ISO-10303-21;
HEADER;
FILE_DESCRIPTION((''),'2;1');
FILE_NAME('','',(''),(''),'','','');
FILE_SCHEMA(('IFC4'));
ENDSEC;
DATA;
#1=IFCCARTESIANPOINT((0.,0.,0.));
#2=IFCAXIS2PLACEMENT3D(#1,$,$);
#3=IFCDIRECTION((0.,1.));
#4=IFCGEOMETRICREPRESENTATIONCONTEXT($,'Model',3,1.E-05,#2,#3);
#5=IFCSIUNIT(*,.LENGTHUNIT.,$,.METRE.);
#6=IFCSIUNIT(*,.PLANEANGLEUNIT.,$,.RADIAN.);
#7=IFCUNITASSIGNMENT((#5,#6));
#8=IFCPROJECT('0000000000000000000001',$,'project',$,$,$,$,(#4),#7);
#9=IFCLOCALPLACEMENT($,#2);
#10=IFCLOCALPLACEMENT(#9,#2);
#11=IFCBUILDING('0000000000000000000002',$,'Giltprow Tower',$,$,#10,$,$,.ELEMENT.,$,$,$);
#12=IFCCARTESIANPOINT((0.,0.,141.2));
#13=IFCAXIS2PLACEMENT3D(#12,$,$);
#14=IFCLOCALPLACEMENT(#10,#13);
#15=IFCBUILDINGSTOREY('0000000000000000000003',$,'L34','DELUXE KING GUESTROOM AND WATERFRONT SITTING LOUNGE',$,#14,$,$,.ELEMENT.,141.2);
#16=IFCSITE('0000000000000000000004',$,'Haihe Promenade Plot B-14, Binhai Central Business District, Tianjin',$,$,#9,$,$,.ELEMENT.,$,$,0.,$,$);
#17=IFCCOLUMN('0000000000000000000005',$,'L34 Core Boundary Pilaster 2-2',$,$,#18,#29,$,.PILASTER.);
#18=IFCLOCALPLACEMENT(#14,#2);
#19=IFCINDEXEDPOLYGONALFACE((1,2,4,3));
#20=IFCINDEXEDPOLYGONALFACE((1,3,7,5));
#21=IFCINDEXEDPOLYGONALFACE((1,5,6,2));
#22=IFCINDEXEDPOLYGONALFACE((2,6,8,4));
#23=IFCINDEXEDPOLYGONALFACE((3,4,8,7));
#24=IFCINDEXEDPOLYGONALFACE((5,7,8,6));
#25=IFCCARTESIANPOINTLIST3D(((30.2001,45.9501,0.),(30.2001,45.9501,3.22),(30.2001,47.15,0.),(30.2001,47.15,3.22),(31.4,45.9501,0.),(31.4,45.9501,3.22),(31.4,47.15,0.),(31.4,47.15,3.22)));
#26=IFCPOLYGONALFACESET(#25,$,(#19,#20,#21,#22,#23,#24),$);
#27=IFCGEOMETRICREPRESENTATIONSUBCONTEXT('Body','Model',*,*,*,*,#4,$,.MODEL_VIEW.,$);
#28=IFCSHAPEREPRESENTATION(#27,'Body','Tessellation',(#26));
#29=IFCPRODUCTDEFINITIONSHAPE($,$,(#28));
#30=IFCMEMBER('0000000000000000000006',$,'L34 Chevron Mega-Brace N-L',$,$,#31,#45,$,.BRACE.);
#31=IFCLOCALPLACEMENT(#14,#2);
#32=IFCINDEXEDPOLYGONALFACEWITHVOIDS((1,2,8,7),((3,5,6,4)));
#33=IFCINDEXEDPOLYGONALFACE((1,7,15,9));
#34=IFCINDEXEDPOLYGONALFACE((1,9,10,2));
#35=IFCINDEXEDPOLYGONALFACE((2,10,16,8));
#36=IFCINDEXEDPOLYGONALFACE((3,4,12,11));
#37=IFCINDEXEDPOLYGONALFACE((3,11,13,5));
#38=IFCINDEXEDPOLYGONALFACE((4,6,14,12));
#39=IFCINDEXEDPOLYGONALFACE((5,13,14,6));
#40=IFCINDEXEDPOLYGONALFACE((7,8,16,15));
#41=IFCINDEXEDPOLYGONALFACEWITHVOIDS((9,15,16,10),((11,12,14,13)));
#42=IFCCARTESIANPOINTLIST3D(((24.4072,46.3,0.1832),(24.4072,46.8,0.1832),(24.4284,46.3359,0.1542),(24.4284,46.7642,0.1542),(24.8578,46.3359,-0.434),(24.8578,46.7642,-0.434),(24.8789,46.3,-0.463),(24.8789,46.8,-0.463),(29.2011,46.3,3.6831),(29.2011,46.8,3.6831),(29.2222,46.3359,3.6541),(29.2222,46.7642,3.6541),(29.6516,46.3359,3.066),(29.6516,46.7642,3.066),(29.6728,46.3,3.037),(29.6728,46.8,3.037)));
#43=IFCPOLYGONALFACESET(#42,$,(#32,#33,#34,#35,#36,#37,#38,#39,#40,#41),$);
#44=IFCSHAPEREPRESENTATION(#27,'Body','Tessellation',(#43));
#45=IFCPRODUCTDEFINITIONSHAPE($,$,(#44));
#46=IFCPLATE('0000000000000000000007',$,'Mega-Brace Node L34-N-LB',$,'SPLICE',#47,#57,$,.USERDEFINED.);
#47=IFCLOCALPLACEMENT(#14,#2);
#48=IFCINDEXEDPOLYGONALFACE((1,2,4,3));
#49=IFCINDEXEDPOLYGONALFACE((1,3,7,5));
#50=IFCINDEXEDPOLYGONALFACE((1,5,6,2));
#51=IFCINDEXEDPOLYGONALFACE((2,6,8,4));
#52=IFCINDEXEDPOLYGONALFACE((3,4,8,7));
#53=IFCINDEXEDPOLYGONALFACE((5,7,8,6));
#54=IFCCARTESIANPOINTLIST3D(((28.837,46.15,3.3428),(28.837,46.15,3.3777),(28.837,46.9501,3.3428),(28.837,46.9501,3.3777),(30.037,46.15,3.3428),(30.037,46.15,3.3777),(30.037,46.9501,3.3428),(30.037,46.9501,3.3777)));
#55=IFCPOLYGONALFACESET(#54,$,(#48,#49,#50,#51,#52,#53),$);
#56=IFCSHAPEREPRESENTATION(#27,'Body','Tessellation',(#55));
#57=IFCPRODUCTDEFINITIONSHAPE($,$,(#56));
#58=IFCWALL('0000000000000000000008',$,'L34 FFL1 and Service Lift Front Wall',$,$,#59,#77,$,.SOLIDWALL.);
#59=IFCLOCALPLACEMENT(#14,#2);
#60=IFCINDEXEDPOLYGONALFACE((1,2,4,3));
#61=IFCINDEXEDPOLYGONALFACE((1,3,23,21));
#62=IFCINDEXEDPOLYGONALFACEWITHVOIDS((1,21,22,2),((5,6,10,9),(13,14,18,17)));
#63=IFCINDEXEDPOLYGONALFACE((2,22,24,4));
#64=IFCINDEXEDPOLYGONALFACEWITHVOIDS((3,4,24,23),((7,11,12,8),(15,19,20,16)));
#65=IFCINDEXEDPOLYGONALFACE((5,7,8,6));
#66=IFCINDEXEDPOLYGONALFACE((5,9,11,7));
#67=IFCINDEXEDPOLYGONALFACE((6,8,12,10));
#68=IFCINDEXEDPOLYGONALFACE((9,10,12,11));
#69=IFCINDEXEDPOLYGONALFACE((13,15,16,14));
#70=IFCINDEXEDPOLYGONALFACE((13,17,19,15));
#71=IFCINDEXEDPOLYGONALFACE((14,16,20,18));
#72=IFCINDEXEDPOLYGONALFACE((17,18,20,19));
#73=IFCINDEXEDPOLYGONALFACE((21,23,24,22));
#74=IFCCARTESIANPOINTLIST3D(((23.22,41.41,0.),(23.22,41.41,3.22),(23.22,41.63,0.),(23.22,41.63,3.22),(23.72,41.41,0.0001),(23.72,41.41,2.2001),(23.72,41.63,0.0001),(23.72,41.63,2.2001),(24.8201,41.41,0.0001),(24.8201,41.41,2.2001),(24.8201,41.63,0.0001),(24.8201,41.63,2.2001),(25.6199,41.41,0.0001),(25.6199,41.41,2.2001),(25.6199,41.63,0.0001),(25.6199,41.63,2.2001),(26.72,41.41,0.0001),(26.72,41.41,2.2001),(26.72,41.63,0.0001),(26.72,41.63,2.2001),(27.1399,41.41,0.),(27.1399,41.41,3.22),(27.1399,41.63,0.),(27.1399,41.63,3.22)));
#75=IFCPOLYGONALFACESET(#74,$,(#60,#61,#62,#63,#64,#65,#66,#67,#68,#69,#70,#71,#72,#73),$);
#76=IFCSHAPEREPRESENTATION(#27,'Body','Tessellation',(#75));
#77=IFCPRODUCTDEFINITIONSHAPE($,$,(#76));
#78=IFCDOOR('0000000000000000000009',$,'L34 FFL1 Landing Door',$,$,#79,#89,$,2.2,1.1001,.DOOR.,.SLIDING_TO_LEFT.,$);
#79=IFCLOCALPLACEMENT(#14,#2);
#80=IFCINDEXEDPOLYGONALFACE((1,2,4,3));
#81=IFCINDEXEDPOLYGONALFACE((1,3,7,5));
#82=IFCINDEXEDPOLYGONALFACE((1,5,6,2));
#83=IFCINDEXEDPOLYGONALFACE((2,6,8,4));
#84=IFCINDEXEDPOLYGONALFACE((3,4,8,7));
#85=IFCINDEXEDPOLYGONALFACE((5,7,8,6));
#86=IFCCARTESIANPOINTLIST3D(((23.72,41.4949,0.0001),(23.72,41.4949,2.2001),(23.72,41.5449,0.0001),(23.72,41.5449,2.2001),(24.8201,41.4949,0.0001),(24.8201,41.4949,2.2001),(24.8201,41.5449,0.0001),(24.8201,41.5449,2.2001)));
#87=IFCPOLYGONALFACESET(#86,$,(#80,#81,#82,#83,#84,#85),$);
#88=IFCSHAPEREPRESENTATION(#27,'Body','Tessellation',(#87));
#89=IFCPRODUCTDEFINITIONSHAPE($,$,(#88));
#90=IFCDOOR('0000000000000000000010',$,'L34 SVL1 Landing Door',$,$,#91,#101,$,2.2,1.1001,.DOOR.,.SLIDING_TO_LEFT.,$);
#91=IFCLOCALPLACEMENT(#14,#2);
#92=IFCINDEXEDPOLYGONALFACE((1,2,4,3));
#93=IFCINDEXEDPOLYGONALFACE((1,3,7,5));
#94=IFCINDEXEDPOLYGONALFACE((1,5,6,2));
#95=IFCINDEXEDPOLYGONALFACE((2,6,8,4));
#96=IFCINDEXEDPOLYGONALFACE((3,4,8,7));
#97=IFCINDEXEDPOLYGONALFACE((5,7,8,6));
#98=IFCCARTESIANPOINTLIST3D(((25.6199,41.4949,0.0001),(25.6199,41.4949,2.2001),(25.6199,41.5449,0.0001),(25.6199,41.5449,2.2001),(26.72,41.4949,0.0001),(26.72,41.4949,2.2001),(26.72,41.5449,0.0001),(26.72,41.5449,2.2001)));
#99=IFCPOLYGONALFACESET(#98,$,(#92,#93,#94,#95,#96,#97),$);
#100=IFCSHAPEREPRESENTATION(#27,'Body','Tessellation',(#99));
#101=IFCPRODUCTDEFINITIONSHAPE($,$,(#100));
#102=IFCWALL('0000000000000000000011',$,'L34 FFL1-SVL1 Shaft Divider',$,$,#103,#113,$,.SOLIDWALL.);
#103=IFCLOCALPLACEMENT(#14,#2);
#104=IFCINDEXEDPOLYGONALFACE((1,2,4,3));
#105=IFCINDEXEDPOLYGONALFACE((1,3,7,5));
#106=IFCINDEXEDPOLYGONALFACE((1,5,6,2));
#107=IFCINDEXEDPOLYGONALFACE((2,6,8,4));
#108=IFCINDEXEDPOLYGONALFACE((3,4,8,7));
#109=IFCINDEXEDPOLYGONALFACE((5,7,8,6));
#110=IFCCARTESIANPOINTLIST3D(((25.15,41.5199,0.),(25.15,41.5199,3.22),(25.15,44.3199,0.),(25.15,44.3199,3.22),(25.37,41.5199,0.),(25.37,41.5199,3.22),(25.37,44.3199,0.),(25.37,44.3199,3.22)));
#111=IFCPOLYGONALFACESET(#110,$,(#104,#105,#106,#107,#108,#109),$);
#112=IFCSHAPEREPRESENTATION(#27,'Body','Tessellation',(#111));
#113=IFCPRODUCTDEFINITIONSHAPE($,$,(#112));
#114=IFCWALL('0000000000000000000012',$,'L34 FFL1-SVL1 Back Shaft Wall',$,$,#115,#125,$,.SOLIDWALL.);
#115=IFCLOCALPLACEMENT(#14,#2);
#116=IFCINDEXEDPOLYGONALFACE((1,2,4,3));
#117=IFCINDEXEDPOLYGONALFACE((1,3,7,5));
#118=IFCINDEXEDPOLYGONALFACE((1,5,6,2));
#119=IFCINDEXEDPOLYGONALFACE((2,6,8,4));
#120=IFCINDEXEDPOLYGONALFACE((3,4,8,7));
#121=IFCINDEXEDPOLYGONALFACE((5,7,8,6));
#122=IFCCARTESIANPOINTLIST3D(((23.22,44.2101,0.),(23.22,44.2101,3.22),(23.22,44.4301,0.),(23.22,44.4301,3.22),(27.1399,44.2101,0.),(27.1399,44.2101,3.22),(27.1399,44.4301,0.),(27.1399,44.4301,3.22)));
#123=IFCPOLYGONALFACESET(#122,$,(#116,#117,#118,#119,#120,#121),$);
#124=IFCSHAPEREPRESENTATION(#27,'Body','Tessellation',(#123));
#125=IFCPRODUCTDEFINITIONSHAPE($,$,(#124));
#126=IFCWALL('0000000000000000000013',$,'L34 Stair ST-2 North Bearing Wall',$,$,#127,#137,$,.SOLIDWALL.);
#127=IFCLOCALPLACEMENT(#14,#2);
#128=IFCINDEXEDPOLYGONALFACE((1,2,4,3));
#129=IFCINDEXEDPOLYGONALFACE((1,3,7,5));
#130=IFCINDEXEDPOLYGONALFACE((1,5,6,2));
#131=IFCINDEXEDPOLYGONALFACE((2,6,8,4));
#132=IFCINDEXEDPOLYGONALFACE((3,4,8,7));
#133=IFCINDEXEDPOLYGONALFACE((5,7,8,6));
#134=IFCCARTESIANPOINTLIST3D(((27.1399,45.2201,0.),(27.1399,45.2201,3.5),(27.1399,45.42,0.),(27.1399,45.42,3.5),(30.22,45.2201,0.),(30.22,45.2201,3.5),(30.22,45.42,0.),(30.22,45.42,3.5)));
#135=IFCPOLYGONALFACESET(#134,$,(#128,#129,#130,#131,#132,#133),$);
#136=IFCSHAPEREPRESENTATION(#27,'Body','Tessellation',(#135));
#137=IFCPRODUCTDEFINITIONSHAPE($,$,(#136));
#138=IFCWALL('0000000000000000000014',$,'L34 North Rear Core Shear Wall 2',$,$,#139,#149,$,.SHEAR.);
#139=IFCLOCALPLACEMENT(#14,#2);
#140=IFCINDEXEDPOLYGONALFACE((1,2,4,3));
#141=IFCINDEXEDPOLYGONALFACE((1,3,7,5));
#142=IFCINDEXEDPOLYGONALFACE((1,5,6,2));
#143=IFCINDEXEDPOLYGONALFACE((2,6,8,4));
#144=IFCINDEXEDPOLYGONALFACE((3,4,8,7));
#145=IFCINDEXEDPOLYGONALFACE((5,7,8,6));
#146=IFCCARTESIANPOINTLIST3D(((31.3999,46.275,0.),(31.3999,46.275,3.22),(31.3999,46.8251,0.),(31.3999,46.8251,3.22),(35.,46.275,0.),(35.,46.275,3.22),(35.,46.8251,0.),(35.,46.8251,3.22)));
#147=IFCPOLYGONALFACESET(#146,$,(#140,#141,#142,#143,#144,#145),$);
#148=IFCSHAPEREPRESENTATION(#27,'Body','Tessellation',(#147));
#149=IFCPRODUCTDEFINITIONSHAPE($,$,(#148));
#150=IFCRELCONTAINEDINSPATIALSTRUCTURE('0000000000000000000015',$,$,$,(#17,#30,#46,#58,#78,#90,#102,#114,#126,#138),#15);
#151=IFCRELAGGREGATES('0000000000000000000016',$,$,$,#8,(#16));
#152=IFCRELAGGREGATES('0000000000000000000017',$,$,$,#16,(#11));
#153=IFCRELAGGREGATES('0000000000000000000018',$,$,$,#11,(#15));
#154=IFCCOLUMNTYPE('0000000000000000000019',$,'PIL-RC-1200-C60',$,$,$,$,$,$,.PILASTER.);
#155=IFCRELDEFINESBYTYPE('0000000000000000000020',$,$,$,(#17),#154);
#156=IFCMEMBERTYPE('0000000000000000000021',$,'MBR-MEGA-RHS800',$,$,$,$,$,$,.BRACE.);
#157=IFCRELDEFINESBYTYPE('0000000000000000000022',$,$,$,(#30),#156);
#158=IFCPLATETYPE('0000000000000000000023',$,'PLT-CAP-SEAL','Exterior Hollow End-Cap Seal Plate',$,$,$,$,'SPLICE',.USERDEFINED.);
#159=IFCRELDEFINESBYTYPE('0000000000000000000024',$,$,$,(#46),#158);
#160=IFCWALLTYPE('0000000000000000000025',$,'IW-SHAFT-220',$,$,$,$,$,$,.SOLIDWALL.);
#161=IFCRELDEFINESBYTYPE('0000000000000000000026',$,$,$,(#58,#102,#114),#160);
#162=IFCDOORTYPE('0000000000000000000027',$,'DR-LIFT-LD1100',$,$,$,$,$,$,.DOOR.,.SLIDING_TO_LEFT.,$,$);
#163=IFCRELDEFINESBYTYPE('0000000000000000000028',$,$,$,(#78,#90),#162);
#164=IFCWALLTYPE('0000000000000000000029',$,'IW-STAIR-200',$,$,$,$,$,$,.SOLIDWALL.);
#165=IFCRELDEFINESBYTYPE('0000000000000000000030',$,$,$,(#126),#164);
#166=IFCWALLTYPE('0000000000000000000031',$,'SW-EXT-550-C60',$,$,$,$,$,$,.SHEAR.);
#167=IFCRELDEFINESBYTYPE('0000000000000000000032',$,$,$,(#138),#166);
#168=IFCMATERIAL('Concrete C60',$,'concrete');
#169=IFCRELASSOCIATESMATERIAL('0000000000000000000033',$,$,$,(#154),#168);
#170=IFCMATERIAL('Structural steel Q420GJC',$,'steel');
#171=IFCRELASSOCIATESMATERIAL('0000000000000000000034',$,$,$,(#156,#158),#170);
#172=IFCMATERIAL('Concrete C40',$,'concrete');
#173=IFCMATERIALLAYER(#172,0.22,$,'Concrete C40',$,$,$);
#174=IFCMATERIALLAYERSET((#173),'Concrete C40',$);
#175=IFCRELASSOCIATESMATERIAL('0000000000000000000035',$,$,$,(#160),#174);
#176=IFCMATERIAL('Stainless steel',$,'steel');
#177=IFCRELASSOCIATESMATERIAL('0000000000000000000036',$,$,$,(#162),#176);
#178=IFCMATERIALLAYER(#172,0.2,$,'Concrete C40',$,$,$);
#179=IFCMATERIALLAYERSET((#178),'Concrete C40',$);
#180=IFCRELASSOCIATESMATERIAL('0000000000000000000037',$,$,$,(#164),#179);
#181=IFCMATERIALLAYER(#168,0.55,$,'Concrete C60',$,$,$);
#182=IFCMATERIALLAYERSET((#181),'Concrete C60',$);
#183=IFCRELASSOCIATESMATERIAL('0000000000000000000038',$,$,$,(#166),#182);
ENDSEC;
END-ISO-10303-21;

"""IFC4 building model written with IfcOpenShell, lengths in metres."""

from ifc_helpers import new_model, si_unit, direction, frame, frame_2d, origin, origin_2d, place, context, subcontext, project, spatial, rectangle, hollow_rectangle, extrude, source, transform, mapped, material, layer, layer_set, material_profile, profile_set, type_object, element, fill, save


model = new_model("IFC4")

# Units and contexts
model_context = context("Model", 3, precision=1e-05, world=origin(), true_north=direction((0.0, 1.0)))
body_context = subcontext(model_context, "Body", "Model", "MODEL_VIEW")
ifc_project = project(units=[si_unit("LENGTHUNIT", "METRE"), si_unit("PLANEANGLEUNIT", "RADIAN")], contexts=[model_context])

# Site, building, storey
site_placement = place(None, origin())
site = spatial("IfcSite", under=ifc_project, at=site_placement, Name="Haihe Promenade Plot B-14, Binhai Central Business District, Tianjin", CompositionType="ELEMENT", RefElevation=0.0)
building_placement = place(site_placement, origin())
building = spatial("IfcBuilding", under=site, at=building_placement, Name="Giltprow Tower", CompositionType="ELEMENT")
storey_placement = place(building_placement, frame((0.0, 0.0, 141.2)))
storey = spatial("IfcBuildingStorey", under=building, at=storey_placement, Name="L34", Description="DELUXE KING GUESTROOM AND WATERFRONT SITTING LOUNGE", CompositionType="ELEMENT", Elevation=141.2)

# Column
ifc_material_1 = material(Name="Concrete C60", Category="concrete")
ifc_material_profile_1 = material_profile(ifc_material_1, rectangle(XDim=1.2, YDim=1.2, at=origin_2d()), Name="RC 1200x1200")
ifc_profile_set_1 = profile_set([ifc_material_profile_1], Name="Concrete C60")
column_type = type_object("IfcColumnType", Name="PIL-RC-1200-C60", PredefinedType="PILASTER", material=ifc_profile_set_1)
shared_shape_1 = source(origin(), body_context, "Body", "SweptSolid", [
    extrude(rectangle(XDim=1.2, YDim=1.2, at=origin_2d()), origin(), (0.0, 0.0, 1.0), 3.22),
])
column_placement = place(storey_placement, frame((30.8, 46.55, 0.0), z_axis=(0.0, 0.0, 1.0), x_axis=(1.0, 0.0, 0.0)))
element("IfcColumn", 1, at=column_placement, inside=storey, type_object=column_type, Name="L34 Core Boundary Pilaster 2-2", PredefinedType="PILASTER", context=body_context, shape_type="MappedRepresentation", body=[
    mapped(shared_shape_1, transform((0.0, 0.0, 0.0), x_axis=(1.0, 0.0, 0.0), y_axis=(0.0, 1.0, 0.0), z_axis=(0.0, 0.0, 1.0), scale=1.0)),
])

# Member
ifc_material_2 = material(Name="Structural steel Q420GJC", Category="steel")
ifc_material_profile_2 = material_profile(ifc_material_2, hollow_rectangle(XDim=0.5, YDim=0.8, WallThickness=0.0359, at=origin_2d()), Name="RHS 800x500x36")
ifc_profile_set_2 = profile_set([ifc_material_profile_2], Name="Structural steel Q420GJC")
member_type = type_object("IfcMemberType", Name="MBR-MEGA-RHS800", PredefinedType="BRACE", material=ifc_profile_set_2)
shared_shape_2 = source(origin(), body_context, "Body", "SweptSolid", [
    extrude(hollow_rectangle(XDim=0.5, YDim=0.8, WallThickness=0.0359, at=origin_2d()), origin(), (0.0, 0.0, 1.0), 5.9355),
])
member_placement = place(storey_placement, frame((24.6431, 46.55, -0.1399), z_axis=(0.807653, 0.0, 0.589658), x_axis=(0.0, 1.0, 0.0)))
element("IfcMember", 2, at=member_placement, inside=storey, type_object=member_type, Name="L34 Chevron Mega-Brace N-L", PredefinedType="BRACE", context=body_context, shape_type="MappedRepresentation", body=[
    mapped(shared_shape_2, transform((0.0, 0.0, 0.0), x_axis=(1.0, 0.0, 0.0), y_axis=(0.0, 1.0, 0.0), z_axis=(0.0, 0.0, 1.0), scale=1.0)),
])

# Plate
plate_type = type_object("IfcPlateType", Name="PLT-CAP-SEAL", Description="Exterior Hollow End-Cap Seal Plate", ElementType="SPLICE", PredefinedType="USERDEFINED", material=ifc_material_2)
shared_shape_3 = source(origin(), body_context, "Body", "SweptSolid", [
    extrude(rectangle(XDim=1.2, YDim=0.8, at=origin_2d()), origin(), (0.0, 0.0, 1.0), 0.0349),
])
plate_placement = place(storey_placement, frame((29.437, 46.55, 3.3428), z_axis=(0.0, 0.0, 1.0), x_axis=(1.0, 0.0, 0.0)))
element("IfcPlate", 3, at=plate_placement, inside=storey, type_object=plate_type, Name="Mega-Brace Node L34-N-LB", ObjectType="SPLICE", PredefinedType="USERDEFINED", context=body_context, shape_type="MappedRepresentation", body=[
    mapped(shared_shape_3, transform((0.0, 0.0, 0.0), x_axis=(1.0, 0.0, 0.0), y_axis=(0.0, 1.0, 0.0), z_axis=(0.0, 0.0, 1.0), scale=1.0)),
])

# Wall, openings, doors
ifc_material_3 = material(Name="Concrete C40", Category="concrete")
ifc_layer_1 = layer(ifc_material_3, 0.22, Name="Concrete C40")
ifc_layer_set_1 = layer_set([ifc_layer_1], Name="Concrete C40")
wall_type_1 = type_object("IfcWallType", Name="IW-SHAFT-220", PredefinedType="SOLIDWALL", material=ifc_layer_set_1)
wall_1_placement = place(storey_placement, frame((23.22, 41.52, 0.0), z_axis=(0.0, 0.0, 1.0), x_axis=(1.0, 0.0, 0.0)))
wall_1 = element("IfcWall", 4, at=wall_1_placement, inside=storey, type_object=wall_type_1, Name="L34 FFL1 and Service Lift Front Wall", PredefinedType="SOLIDWALL", context=body_context, shape_type="SweptSolid", body=[
    extrude(rectangle(XDim=3.9199, YDim=0.22, at=frame_2d((1.96, 0.0))), origin(), (0.0, 0.0, 1.0), 3.22),
])
opening_1_placement = place(wall_1_placement, frame((0.5, 0.0, 0.0)))
opening_1 = element("IfcOpeningElement", 5, at=opening_1_placement, cuts=wall_1, PredefinedType="OPENING", context=body_context, shape_type="SweptSolid", body=[
    extrude(rectangle(XDim=1.1001, YDim=2.2, at=frame_2d((0.55, 1.1001))), frame((0.0, 0.1199, 0.0), z_axis=(0.0, -1.0, 0.0), x_axis=(1.0, 0.0, 0.0)), (0.0, 0.0, 1.0), 0.24),
])
opening_2_placement = place(wall_1_placement, frame((2.3999, 0.0, 0.0)))
opening_2 = element("IfcOpeningElement", 6, at=opening_2_placement, cuts=wall_1, PredefinedType="OPENING", context=body_context, shape_type="SweptSolid", body=[
    extrude(rectangle(XDim=1.1001, YDim=2.2, at=frame_2d((0.55, 1.1001))), frame((0.0, 0.1199, 0.0), z_axis=(0.0, -1.0, 0.0), x_axis=(1.0, 0.0, 0.0)), (0.0, 0.0, 1.0), 0.24),
])
ifc_material_4 = material(Name="Stainless steel", Category="steel")
door_type = type_object("IfcDoorType", Name="DR-LIFT-LD1100", OperationType="SLIDING_TO_LEFT", PredefinedType="DOOR", material=ifc_material_4)
shared_shape_4 = source(origin(), body_context, "Body", "SweptSolid", [
    extrude(rectangle(XDim=1.1001, YDim=2.2, at=frame_2d((0.55, 1.1001))), frame((0.0, 0.0249, 0.0), z_axis=(0.0, -1.0, 0.0), x_axis=(1.0, 0.0, 0.0)), (0.0, 0.0, 1.0), 0.05),
])
door_1_placement = place(opening_1_placement, origin())
door_1 = element("IfcDoor", 7, at=door_1_placement, inside=storey, type_object=door_type, Name="L34 FFL1 Landing Door", OperationType="SLIDING_TO_LEFT", OverallHeight=2.2, OverallWidth=1.1001, PredefinedType="DOOR", context=body_context, shape_type="MappedRepresentation", body=[
    mapped(shared_shape_4, transform((0.0, 0.0, 0.0), x_axis=(1.0, 0.0, 0.0), y_axis=(0.0, 1.0, 0.0), z_axis=(0.0, 0.0, 1.0), scale=1.0)),
])
fill(opening_1, door_1)
door_2_placement = place(opening_2_placement, origin())
door_2 = element("IfcDoor", 8, at=door_2_placement, inside=storey, type_object=door_type, Name="L34 SVL1 Landing Door", OperationType="SLIDING_TO_LEFT", OverallHeight=2.2, OverallWidth=1.1001, PredefinedType="DOOR", context=body_context, shape_type="MappedRepresentation", body=[
    mapped(shared_shape_4, transform((0.0, 0.0, 0.0), x_axis=(1.0, 0.0, 0.0), y_axis=(0.0, 1.0, 0.0), z_axis=(0.0, 0.0, 1.0), scale=1.0)),
])
fill(opening_2, door_2)

# Walls
wall_2_placement = place(storey_placement, frame((25.26, 41.52, 0.0), z_axis=(0.0, 0.0, 1.0), x_axis=(0.0, 1.0, 0.0)))
element("IfcWall", 9, at=wall_2_placement, inside=storey, type_object=wall_type_1, Name="L34 FFL1-SVL1 Shaft Divider", PredefinedType="SOLIDWALL", context=body_context, shape_type="SweptSolid", body=[
    extrude(rectangle(XDim=2.8, YDim=0.22, at=frame_2d((1.3999, 0.0))), origin(), (0.0, 0.0, 1.0), 3.22),
])
wall_3_placement = place(storey_placement, frame((23.22, 44.3201, 0.0), z_axis=(0.0, 0.0, 1.0), x_axis=(1.0, 0.0, 0.0)))
element("IfcWall", 10, at=wall_3_placement, inside=storey, type_object=wall_type_1, Name="L34 FFL1-SVL1 Back Shaft Wall", PredefinedType="SOLIDWALL", context=body_context, shape_type="SweptSolid", body=[
    extrude(rectangle(XDim=3.9199, YDim=0.22, at=frame_2d((1.96, 0.0))), origin(), (0.0, 0.0, 1.0), 3.22),
])
ifc_layer_2 = layer(ifc_material_3, 0.2, Name="Concrete C40")
ifc_layer_set_2 = layer_set([ifc_layer_2], Name="Concrete C40")
wall_type_2 = type_object("IfcWallType", Name="IW-STAIR-200", PredefinedType="SOLIDWALL", material=ifc_layer_set_2)
wall_4_placement = place(storey_placement, frame((27.1399, 45.3201, 0.0), z_axis=(0.0, 0.0, 1.0), x_axis=(1.0, 0.0, 0.0)))
element("IfcWall", 11, at=wall_4_placement, inside=storey, type_object=wall_type_2, Name="L34 Stair ST-2 North Bearing Wall", PredefinedType="SOLIDWALL", context=body_context, shape_type="SweptSolid", body=[
    extrude(rectangle(XDim=3.0801, YDim=0.2, at=frame_2d((1.54, 0.0))), origin(), (0.0, 0.0, 1.0), 3.5),
])
ifc_layer_3 = layer(ifc_material_1, 0.55, Name="Concrete C60")
ifc_layer_set_3 = layer_set([ifc_layer_3], Name="Concrete C60")
wall_type_3 = type_object("IfcWallType", Name="SW-EXT-550-C60", PredefinedType="SHEAR", material=ifc_layer_set_3)
wall_5_placement = place(storey_placement, frame((31.3999, 46.55, 0.0), z_axis=(0.0, 0.0, 1.0), x_axis=(1.0, 0.0, 0.0)))
element("IfcWall", 12, at=wall_5_placement, inside=storey, type_object=wall_type_3, Name="L34 North Rear Core Shear Wall 2", PredefinedType="SHEAR", context=body_context, shape_type="SweptSolid", body=[
    extrude(rectangle(XDim=3.6001, YDim=0.55, at=frame_2d((1.8, 0.0))), origin(), (0.0, 0.0, 1.0), 3.22),
])

save(model, "model.ifc")
